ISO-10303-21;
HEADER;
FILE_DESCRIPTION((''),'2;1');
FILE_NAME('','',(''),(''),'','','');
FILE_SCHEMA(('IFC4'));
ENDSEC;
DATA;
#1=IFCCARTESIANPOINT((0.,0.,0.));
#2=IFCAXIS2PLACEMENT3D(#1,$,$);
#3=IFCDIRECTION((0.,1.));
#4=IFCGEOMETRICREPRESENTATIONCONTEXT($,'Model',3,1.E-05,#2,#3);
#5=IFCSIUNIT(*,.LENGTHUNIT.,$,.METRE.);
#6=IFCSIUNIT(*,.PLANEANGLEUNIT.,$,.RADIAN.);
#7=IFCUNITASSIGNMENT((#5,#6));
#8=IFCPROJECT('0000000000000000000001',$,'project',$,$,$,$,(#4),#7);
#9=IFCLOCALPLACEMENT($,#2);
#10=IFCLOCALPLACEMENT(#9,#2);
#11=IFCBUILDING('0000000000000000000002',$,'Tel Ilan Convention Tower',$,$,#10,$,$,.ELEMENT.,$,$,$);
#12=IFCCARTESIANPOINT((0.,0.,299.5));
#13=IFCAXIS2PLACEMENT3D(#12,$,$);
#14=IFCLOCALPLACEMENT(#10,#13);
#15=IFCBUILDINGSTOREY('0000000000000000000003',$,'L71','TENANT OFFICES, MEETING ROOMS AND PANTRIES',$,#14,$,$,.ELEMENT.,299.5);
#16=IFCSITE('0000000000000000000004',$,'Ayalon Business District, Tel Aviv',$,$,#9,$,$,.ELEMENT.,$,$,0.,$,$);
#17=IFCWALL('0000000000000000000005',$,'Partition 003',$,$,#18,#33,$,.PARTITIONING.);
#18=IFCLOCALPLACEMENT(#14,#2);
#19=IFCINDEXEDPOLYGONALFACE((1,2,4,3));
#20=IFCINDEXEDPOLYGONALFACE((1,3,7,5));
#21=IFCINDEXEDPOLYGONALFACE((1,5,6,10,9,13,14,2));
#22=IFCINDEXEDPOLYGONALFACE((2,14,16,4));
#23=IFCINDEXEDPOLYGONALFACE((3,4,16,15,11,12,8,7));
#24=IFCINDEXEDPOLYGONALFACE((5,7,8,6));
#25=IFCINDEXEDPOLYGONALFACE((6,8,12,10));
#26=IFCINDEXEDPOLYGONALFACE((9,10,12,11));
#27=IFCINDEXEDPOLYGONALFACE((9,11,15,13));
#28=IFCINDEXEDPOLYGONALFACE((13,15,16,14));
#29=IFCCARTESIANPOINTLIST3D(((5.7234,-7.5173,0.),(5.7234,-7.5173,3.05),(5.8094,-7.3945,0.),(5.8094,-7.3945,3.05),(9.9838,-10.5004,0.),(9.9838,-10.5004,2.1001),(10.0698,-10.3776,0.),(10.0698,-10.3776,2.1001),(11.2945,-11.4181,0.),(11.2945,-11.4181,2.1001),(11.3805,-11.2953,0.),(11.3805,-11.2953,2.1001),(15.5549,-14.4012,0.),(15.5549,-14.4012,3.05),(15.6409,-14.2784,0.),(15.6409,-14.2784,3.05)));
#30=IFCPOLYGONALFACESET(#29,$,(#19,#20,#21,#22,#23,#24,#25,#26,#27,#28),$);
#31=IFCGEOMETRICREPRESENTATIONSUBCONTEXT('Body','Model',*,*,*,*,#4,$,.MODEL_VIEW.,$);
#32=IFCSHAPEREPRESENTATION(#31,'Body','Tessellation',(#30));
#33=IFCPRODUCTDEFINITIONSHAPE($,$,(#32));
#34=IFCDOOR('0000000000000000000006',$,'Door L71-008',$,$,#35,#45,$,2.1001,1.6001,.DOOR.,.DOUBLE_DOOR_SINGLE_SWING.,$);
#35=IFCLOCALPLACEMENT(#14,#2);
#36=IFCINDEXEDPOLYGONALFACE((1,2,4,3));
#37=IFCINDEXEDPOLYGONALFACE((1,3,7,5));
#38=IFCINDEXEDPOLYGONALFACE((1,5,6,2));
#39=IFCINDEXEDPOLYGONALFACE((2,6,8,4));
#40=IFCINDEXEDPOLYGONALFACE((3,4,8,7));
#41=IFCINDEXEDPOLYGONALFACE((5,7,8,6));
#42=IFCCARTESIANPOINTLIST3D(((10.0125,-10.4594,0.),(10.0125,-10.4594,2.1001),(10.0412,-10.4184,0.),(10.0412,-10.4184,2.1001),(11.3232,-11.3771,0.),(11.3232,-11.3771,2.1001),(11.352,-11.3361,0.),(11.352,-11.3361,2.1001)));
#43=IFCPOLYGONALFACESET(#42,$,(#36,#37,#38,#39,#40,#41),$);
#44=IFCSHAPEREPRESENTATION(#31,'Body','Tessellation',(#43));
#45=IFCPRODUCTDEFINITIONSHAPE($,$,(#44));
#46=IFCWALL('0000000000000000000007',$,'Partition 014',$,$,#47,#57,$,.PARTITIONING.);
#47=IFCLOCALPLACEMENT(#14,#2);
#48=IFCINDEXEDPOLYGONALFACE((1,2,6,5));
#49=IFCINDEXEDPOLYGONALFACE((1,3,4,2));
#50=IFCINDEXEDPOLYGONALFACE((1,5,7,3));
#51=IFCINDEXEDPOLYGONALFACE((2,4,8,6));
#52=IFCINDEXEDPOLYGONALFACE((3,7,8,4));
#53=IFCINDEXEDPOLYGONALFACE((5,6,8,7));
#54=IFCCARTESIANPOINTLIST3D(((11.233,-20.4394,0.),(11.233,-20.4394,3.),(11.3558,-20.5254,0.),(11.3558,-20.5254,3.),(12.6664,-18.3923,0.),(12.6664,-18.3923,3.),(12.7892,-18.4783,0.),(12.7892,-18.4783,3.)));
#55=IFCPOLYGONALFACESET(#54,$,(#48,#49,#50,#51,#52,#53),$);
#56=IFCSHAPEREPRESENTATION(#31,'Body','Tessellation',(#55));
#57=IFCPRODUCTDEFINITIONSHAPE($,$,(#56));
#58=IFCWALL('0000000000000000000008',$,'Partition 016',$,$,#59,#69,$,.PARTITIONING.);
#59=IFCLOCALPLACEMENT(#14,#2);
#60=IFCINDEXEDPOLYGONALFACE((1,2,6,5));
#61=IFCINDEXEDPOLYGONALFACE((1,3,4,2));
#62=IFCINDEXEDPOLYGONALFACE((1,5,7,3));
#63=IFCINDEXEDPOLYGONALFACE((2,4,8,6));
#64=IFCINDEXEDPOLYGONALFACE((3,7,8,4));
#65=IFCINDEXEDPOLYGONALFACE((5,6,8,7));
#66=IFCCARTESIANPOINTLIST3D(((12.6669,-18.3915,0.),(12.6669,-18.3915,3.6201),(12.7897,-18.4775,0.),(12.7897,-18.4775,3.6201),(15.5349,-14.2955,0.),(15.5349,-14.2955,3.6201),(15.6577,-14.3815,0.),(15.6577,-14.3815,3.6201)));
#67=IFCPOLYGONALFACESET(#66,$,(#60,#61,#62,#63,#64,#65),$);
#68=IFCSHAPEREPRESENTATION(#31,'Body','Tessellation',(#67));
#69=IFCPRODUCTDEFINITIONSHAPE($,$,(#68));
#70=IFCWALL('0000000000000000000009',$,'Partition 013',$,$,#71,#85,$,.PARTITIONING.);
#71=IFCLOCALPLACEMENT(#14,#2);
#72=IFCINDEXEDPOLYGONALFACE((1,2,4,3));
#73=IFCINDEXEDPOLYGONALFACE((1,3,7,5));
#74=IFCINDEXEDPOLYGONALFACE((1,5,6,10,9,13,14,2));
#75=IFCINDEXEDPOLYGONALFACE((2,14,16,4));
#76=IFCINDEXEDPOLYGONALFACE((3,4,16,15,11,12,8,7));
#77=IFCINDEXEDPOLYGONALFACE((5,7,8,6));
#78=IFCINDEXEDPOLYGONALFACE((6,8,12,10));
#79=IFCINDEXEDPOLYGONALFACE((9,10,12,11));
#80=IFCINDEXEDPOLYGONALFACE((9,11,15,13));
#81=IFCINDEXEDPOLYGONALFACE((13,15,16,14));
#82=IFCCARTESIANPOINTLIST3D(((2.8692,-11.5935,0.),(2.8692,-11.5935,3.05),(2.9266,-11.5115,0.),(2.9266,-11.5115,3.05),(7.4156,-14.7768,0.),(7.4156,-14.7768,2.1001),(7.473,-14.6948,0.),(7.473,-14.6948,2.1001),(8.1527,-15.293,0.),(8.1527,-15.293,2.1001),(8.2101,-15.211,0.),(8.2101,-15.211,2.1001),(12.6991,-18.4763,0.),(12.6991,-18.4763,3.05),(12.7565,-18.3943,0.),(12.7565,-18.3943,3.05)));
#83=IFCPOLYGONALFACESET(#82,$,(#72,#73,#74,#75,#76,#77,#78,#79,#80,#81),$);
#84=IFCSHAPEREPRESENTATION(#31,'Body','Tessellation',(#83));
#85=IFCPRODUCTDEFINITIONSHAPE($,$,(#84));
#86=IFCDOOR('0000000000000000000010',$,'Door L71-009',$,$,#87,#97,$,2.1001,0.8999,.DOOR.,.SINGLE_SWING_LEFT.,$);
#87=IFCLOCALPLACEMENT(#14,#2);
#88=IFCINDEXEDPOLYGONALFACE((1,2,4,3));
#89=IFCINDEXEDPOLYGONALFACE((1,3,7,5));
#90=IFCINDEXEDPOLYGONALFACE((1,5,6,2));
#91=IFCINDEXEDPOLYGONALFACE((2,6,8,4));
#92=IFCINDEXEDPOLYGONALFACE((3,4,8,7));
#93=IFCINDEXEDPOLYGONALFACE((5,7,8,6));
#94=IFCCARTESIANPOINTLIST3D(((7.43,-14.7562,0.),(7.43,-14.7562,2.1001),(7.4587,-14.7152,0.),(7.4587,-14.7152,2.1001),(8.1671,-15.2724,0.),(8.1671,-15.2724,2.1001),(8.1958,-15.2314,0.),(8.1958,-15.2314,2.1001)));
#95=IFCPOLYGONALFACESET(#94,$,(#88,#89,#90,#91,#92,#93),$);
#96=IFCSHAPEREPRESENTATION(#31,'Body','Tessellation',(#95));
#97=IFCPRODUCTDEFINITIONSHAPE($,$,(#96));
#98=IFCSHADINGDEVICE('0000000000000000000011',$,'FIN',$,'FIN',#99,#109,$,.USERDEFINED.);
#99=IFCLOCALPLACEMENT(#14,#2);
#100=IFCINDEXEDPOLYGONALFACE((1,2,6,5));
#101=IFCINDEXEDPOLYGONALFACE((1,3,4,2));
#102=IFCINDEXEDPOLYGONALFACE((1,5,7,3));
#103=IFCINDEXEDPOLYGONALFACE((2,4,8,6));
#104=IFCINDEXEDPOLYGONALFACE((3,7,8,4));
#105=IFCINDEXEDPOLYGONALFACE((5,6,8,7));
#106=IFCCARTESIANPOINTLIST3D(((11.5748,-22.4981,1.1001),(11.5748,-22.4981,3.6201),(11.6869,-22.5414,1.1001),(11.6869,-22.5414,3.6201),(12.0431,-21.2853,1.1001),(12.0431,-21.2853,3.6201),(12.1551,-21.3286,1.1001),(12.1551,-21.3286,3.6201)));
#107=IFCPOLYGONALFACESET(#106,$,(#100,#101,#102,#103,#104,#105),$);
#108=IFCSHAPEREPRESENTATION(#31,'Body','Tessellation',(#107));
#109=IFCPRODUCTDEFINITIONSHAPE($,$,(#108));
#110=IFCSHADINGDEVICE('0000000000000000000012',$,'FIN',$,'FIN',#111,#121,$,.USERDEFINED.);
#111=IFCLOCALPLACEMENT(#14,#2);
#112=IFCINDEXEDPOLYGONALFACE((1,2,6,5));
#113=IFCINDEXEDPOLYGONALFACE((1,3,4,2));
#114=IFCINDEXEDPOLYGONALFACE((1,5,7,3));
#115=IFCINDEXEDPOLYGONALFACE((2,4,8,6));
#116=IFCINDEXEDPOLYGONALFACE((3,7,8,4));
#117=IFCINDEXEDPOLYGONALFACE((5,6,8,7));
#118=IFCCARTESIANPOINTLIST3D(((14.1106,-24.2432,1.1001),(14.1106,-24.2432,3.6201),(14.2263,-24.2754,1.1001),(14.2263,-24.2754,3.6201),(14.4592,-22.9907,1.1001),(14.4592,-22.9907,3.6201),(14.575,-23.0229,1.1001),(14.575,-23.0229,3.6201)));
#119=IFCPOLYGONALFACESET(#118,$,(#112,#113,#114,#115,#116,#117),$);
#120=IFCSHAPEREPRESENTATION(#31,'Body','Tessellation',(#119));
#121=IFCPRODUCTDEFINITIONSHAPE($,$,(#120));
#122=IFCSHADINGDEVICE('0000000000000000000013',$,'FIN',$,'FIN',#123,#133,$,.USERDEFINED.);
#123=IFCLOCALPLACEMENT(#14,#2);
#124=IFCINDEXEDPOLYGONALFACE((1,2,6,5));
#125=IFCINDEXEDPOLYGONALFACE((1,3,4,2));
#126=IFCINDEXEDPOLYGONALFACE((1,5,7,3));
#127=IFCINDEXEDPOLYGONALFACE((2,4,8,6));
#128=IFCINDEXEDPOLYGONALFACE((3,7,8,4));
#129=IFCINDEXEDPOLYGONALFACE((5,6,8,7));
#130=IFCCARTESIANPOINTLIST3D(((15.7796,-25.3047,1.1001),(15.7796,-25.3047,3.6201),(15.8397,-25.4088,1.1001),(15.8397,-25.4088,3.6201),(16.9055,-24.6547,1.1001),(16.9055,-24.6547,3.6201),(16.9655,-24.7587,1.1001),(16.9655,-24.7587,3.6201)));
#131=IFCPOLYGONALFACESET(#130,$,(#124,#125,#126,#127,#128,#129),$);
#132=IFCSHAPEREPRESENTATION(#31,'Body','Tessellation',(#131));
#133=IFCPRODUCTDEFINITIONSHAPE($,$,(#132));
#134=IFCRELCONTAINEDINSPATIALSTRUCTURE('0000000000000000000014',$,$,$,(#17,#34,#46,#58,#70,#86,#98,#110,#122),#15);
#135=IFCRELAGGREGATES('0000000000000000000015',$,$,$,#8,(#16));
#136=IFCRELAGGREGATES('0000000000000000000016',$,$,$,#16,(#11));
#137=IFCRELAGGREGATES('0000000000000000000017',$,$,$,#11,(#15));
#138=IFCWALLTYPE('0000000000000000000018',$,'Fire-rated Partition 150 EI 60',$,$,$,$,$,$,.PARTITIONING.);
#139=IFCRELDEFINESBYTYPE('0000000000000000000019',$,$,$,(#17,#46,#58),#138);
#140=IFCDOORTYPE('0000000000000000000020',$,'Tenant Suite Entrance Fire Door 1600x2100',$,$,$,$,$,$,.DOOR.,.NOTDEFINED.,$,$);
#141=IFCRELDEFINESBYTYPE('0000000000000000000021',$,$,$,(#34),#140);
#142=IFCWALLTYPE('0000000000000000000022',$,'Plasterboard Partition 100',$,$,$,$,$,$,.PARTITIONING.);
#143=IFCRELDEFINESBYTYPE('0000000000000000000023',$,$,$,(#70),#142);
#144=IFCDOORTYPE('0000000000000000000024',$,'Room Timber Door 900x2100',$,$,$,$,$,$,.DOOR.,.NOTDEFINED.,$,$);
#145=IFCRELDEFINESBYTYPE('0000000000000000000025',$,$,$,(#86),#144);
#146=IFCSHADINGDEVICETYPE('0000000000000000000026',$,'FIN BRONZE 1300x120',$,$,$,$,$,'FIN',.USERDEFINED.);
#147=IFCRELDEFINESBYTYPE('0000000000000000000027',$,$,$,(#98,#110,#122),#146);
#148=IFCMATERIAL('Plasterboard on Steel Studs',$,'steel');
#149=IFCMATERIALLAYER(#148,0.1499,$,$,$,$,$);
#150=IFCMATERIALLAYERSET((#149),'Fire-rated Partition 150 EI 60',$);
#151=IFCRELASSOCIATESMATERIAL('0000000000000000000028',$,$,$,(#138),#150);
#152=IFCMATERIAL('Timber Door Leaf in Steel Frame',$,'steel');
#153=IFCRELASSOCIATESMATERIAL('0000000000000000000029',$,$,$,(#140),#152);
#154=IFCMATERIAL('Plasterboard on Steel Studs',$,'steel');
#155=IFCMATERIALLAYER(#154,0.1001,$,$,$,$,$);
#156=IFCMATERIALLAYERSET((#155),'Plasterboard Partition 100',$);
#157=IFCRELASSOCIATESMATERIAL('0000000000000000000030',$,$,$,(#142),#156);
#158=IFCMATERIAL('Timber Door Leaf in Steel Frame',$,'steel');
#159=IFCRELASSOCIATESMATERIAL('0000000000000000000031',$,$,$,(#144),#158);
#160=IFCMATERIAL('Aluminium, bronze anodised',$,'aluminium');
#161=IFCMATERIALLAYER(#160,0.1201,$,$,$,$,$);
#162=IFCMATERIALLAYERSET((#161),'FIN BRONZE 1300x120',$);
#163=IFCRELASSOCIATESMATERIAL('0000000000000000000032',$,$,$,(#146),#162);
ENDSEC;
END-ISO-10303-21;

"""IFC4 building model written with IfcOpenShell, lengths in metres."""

from ifc_helpers import new_model, si_unit, direction, frame, frame_2d, origin, origin_2d, place, context, subcontext, project, spatial, rectangle, extrude, material, layer, layer_set, type_object, element, fill, save


model = new_model("IFC4")

# Units and contexts
model_context = context("Model", 3, precision=1e-05, world=origin(), true_north=direction((0.0, 1.0)))
body_context = subcontext(model_context, "Body", "Model", "MODEL_VIEW")
ifc_project = project(units=[si_unit("LENGTHUNIT", "METRE"), si_unit("PLANEANGLEUNIT", "RADIAN")], contexts=[model_context])

# Site, building, storey
site_placement = place(None, origin())
site = spatial("IfcSite", under=ifc_project, at=site_placement, Name="Ayalon Business District, Tel Aviv", CompositionType="ELEMENT", RefElevation=0.0)
building_placement = place(site_placement, origin())
building = spatial("IfcBuilding", under=site, at=building_placement, Name="Tel Ilan Convention Tower", CompositionType="ELEMENT")
storey_placement = place(building_placement, frame((0.0, 0.0, 299.5)))
storey = spatial("IfcBuildingStorey", under=building, at=storey_placement, Name="L71", Description="TENANT OFFICES, MEETING ROOMS AND PANTRIES", CompositionType="ELEMENT", Elevation=299.5)

# Wall, opening, door
ifc_material_1 = material(Name="Plasterboard on Steel Studs", Category="steel")
ifc_layer_1 = layer(ifc_material_1, 0.1499)
ifc_layer_set_1 = layer_set([ifc_layer_1], Name="Fire-rated Partition 150 EI 60")
wall_type_1 = type_object("IfcWallType", Name="Fire-rated Partition 150 EI 60", PredefinedType="PARTITIONING", material=ifc_layer_set_1)
wall_1_placement = place(storey_placement, frame((15.5979, -14.3398, 0.0), z_axis=(0.0, 0.0, 1.0), x_axis=(-0.819155, 0.573572, 0.0)))
wall_1 = element("IfcWall", 1, at=wall_1_placement, inside=storey, type_object=wall_type_1, Name="Partition 003", PredefinedType="PARTITIONING", context=body_context, shape_type="SweptSolid", body=[
    extrude(rectangle(XDim=12.002, YDim=0.1499, at=frame_2d((6.001, 0.0))), origin(), (0.0, 0.0, 1.0), 3.05),
])
opening_1_placement = place(wall_1_placement, frame((5.2009, 0.0, 0.0)))
opening_1 = element("IfcOpeningElement", 2, at=opening_1_placement, cuts=wall_1, PredefinedType="OPENING", context=body_context, shape_type="SweptSolid", body=[
    extrude(rectangle(XDim=1.6001, YDim=2.1001, at=frame_2d((0.8, 1.05))), frame((0.0, 0.085, 0.0), z_axis=(0.0, -1.0, 0.0), x_axis=(1.0, 0.0, 0.0)), (0.0, 0.0, 1.0), 0.1699),
])
ifc_material_2 = material(Name="Timber Door Leaf in Steel Frame", Category="steel")
door_type_1 = type_object("IfcDoorType", Name="Tenant Suite Entrance Fire Door 1600x2100", OperationType="NOTDEFINED", PredefinedType="DOOR", material=ifc_material_2)
door_1_placement = place(opening_1_placement, origin())
door_1 = element("IfcDoor", 3, at=door_1_placement, inside=storey, type_object=door_type_1, Name="Door L71-008", OperationType="DOUBLE_DOOR_SINGLE_SWING", OverallHeight=2.1001, OverallWidth=1.6001, PredefinedType="DOOR", context=body_context, shape_type="SweptSolid", body=[
    extrude(rectangle(XDim=1.6001, YDim=2.1001, at=frame_2d((0.8, 1.05))), frame((0.0, 0.0249, 0.0), z_axis=(0.0, -1.0, 0.0), x_axis=(1.0, 0.0, 0.0)), (0.0, 0.0, 1.0), 0.05),
])
fill(opening_1, door_1)

# Walls
wall_2_placement = place(storey_placement, frame((12.7278, -18.4353, 0.0), z_axis=(0.0, 0.0, 1.0), x_axis=(-0.573561, -0.819163, 0.0)))
element("IfcWall", 4, at=wall_2_placement, inside=storey, type_object=wall_type_1, Name="Partition 014", PredefinedType="PARTITIONING", context=body_context, shape_type="SweptSolid", body=[
    extrude(rectangle(XDim=2.499, YDim=0.1499, at=frame_2d((1.2495, 0.0))), origin(), (0.0, 0.0, 1.0), 3.0),
])
wall_3_placement = place(storey_placement, frame((15.5962, -14.3386, 0.0), z_axis=(0.0, 0.0, 1.0), x_axis=(-0.573564, -0.819161, 0.0)))
element("IfcWall", 5, at=wall_3_placement, inside=storey, type_object=wall_type_1, Name="Partition 016", PredefinedType="PARTITIONING", context=body_context, shape_type="SweptSolid", body=[
    extrude(rectangle(XDim=5.0002, YDim=0.1499, at=frame_2d((2.5, 0.0))), origin(), (0.0, 0.0, 1.0), 3.6201),
])

# Wall, opening, door
ifc_material_3 = material(Name="Plasterboard on Steel Studs", Category="steel")
ifc_layer_2 = layer(ifc_material_3, 0.1001)
ifc_layer_set_2 = layer_set([ifc_layer_2], Name="Plasterboard Partition 100")
wall_type_2 = type_object("IfcWallType", Name="Plasterboard Partition 100", PredefinedType="PARTITIONING", material=ifc_layer_set_2)
wall_4_placement = place(storey_placement, frame((12.7278, -18.4353, 0.0), z_axis=(0.0, 0.0, 1.0), x_axis=(-0.819156, 0.57357, 0.0)))
wall_4 = element("IfcWall", 6, at=wall_4_placement, inside=storey, type_object=wall_type_2, Name="Partition 013", PredefinedType="PARTITIONING", context=body_context, shape_type="SweptSolid", body=[
    extrude(rectangle(XDim=12.0, YDim=0.1001, at=frame_2d((6.0, 0.0))), origin(), (0.0, 0.0, 1.0), 3.05),
])
opening_2_placement = place(wall_4_placement, frame((5.55, 0.0, 0.0)))
opening_2 = element("IfcOpeningElement", 7, at=opening_2_placement, cuts=wall_4, PredefinedType="OPENING", context=body_context, shape_type="SweptSolid", body=[
    extrude(rectangle(XDim=0.8999, YDim=2.1001, at=frame_2d((0.45, 1.05))), frame((0.0, 0.0601, 0.0), z_axis=(0.0, -1.0, 0.0), x_axis=(1.0, 0.0, 0.0)), (0.0, 0.0, 1.0), 0.1201),
])
ifc_material_4 = material(Name="Timber Door Leaf in Steel Frame", Category="steel")
door_type_2 = type_object("IfcDoorType", Name="Room Timber Door 900x2100", OperationType="NOTDEFINED", PredefinedType="DOOR", material=ifc_material_4)
door_2_placement = place(opening_2_placement, origin())
door_2 = element("IfcDoor", 8, at=door_2_placement, inside=storey, type_object=door_type_2, Name="Door L71-009", OperationType="SINGLE_SWING_LEFT", OverallHeight=2.1001, OverallWidth=0.8999, PredefinedType="DOOR", context=body_context, shape_type="SweptSolid", body=[
    extrude(rectangle(XDim=0.8999, YDim=2.1001, at=frame_2d((0.45, 1.05))), frame((0.0, 0.0249, 0.0), z_axis=(0.0, -1.0, 0.0), x_axis=(1.0, 0.0, 0.0)), (0.0, 0.0, 1.0), 0.05),
])
fill(opening_2, door_2)

# Shading devices
ifc_material_5 = material(Name="Aluminium, bronze anodised", Category="aluminium")
ifc_layer_3 = layer(ifc_material_5, 0.1201)
ifc_layer_set_3 = layer_set([ifc_layer_3], Name="FIN BRONZE 1300x120")
shading_device_type = type_object("IfcShadingDeviceType", Name="FIN BRONZE 1300x120", ElementType="FIN", PredefinedType="USERDEFINED", material=ifc_layer_set_3)
for number, where, z_axis, x_axis, name in (
    (9, (11.865, -21.9133, 1.1001), (0.0, 0.0, 1.0), (-0.360178, -0.932884, 0.0), "FIN"),
    (10, (14.3428, -23.6331, 1.1001), (0.0, 0.0, 1.0), (-0.268173, -0.963371, 0.0), "FIN"),
    (11, (16.3726, -25.0317, 1.1001), (0.0, 0.0, 1.0), (-0.866025, -0.5, 0.0), "FIN"),
):
    element("IfcShadingDevice", number, at=place(storey_placement, frame(where, z_axis=z_axis, x_axis=x_axis)), inside=storey, type_object=shading_device_type, Name=name, ObjectType="FIN", PredefinedType="USERDEFINED", context=body_context, shape_type="SweptSolid", body=[
        extrude(rectangle(XDim=1.3, YDim=0.1201, at=origin_2d()), origin(), (0.0, 0.0, 1.0), 2.52),
    ])

save(model, "model.ifc")
